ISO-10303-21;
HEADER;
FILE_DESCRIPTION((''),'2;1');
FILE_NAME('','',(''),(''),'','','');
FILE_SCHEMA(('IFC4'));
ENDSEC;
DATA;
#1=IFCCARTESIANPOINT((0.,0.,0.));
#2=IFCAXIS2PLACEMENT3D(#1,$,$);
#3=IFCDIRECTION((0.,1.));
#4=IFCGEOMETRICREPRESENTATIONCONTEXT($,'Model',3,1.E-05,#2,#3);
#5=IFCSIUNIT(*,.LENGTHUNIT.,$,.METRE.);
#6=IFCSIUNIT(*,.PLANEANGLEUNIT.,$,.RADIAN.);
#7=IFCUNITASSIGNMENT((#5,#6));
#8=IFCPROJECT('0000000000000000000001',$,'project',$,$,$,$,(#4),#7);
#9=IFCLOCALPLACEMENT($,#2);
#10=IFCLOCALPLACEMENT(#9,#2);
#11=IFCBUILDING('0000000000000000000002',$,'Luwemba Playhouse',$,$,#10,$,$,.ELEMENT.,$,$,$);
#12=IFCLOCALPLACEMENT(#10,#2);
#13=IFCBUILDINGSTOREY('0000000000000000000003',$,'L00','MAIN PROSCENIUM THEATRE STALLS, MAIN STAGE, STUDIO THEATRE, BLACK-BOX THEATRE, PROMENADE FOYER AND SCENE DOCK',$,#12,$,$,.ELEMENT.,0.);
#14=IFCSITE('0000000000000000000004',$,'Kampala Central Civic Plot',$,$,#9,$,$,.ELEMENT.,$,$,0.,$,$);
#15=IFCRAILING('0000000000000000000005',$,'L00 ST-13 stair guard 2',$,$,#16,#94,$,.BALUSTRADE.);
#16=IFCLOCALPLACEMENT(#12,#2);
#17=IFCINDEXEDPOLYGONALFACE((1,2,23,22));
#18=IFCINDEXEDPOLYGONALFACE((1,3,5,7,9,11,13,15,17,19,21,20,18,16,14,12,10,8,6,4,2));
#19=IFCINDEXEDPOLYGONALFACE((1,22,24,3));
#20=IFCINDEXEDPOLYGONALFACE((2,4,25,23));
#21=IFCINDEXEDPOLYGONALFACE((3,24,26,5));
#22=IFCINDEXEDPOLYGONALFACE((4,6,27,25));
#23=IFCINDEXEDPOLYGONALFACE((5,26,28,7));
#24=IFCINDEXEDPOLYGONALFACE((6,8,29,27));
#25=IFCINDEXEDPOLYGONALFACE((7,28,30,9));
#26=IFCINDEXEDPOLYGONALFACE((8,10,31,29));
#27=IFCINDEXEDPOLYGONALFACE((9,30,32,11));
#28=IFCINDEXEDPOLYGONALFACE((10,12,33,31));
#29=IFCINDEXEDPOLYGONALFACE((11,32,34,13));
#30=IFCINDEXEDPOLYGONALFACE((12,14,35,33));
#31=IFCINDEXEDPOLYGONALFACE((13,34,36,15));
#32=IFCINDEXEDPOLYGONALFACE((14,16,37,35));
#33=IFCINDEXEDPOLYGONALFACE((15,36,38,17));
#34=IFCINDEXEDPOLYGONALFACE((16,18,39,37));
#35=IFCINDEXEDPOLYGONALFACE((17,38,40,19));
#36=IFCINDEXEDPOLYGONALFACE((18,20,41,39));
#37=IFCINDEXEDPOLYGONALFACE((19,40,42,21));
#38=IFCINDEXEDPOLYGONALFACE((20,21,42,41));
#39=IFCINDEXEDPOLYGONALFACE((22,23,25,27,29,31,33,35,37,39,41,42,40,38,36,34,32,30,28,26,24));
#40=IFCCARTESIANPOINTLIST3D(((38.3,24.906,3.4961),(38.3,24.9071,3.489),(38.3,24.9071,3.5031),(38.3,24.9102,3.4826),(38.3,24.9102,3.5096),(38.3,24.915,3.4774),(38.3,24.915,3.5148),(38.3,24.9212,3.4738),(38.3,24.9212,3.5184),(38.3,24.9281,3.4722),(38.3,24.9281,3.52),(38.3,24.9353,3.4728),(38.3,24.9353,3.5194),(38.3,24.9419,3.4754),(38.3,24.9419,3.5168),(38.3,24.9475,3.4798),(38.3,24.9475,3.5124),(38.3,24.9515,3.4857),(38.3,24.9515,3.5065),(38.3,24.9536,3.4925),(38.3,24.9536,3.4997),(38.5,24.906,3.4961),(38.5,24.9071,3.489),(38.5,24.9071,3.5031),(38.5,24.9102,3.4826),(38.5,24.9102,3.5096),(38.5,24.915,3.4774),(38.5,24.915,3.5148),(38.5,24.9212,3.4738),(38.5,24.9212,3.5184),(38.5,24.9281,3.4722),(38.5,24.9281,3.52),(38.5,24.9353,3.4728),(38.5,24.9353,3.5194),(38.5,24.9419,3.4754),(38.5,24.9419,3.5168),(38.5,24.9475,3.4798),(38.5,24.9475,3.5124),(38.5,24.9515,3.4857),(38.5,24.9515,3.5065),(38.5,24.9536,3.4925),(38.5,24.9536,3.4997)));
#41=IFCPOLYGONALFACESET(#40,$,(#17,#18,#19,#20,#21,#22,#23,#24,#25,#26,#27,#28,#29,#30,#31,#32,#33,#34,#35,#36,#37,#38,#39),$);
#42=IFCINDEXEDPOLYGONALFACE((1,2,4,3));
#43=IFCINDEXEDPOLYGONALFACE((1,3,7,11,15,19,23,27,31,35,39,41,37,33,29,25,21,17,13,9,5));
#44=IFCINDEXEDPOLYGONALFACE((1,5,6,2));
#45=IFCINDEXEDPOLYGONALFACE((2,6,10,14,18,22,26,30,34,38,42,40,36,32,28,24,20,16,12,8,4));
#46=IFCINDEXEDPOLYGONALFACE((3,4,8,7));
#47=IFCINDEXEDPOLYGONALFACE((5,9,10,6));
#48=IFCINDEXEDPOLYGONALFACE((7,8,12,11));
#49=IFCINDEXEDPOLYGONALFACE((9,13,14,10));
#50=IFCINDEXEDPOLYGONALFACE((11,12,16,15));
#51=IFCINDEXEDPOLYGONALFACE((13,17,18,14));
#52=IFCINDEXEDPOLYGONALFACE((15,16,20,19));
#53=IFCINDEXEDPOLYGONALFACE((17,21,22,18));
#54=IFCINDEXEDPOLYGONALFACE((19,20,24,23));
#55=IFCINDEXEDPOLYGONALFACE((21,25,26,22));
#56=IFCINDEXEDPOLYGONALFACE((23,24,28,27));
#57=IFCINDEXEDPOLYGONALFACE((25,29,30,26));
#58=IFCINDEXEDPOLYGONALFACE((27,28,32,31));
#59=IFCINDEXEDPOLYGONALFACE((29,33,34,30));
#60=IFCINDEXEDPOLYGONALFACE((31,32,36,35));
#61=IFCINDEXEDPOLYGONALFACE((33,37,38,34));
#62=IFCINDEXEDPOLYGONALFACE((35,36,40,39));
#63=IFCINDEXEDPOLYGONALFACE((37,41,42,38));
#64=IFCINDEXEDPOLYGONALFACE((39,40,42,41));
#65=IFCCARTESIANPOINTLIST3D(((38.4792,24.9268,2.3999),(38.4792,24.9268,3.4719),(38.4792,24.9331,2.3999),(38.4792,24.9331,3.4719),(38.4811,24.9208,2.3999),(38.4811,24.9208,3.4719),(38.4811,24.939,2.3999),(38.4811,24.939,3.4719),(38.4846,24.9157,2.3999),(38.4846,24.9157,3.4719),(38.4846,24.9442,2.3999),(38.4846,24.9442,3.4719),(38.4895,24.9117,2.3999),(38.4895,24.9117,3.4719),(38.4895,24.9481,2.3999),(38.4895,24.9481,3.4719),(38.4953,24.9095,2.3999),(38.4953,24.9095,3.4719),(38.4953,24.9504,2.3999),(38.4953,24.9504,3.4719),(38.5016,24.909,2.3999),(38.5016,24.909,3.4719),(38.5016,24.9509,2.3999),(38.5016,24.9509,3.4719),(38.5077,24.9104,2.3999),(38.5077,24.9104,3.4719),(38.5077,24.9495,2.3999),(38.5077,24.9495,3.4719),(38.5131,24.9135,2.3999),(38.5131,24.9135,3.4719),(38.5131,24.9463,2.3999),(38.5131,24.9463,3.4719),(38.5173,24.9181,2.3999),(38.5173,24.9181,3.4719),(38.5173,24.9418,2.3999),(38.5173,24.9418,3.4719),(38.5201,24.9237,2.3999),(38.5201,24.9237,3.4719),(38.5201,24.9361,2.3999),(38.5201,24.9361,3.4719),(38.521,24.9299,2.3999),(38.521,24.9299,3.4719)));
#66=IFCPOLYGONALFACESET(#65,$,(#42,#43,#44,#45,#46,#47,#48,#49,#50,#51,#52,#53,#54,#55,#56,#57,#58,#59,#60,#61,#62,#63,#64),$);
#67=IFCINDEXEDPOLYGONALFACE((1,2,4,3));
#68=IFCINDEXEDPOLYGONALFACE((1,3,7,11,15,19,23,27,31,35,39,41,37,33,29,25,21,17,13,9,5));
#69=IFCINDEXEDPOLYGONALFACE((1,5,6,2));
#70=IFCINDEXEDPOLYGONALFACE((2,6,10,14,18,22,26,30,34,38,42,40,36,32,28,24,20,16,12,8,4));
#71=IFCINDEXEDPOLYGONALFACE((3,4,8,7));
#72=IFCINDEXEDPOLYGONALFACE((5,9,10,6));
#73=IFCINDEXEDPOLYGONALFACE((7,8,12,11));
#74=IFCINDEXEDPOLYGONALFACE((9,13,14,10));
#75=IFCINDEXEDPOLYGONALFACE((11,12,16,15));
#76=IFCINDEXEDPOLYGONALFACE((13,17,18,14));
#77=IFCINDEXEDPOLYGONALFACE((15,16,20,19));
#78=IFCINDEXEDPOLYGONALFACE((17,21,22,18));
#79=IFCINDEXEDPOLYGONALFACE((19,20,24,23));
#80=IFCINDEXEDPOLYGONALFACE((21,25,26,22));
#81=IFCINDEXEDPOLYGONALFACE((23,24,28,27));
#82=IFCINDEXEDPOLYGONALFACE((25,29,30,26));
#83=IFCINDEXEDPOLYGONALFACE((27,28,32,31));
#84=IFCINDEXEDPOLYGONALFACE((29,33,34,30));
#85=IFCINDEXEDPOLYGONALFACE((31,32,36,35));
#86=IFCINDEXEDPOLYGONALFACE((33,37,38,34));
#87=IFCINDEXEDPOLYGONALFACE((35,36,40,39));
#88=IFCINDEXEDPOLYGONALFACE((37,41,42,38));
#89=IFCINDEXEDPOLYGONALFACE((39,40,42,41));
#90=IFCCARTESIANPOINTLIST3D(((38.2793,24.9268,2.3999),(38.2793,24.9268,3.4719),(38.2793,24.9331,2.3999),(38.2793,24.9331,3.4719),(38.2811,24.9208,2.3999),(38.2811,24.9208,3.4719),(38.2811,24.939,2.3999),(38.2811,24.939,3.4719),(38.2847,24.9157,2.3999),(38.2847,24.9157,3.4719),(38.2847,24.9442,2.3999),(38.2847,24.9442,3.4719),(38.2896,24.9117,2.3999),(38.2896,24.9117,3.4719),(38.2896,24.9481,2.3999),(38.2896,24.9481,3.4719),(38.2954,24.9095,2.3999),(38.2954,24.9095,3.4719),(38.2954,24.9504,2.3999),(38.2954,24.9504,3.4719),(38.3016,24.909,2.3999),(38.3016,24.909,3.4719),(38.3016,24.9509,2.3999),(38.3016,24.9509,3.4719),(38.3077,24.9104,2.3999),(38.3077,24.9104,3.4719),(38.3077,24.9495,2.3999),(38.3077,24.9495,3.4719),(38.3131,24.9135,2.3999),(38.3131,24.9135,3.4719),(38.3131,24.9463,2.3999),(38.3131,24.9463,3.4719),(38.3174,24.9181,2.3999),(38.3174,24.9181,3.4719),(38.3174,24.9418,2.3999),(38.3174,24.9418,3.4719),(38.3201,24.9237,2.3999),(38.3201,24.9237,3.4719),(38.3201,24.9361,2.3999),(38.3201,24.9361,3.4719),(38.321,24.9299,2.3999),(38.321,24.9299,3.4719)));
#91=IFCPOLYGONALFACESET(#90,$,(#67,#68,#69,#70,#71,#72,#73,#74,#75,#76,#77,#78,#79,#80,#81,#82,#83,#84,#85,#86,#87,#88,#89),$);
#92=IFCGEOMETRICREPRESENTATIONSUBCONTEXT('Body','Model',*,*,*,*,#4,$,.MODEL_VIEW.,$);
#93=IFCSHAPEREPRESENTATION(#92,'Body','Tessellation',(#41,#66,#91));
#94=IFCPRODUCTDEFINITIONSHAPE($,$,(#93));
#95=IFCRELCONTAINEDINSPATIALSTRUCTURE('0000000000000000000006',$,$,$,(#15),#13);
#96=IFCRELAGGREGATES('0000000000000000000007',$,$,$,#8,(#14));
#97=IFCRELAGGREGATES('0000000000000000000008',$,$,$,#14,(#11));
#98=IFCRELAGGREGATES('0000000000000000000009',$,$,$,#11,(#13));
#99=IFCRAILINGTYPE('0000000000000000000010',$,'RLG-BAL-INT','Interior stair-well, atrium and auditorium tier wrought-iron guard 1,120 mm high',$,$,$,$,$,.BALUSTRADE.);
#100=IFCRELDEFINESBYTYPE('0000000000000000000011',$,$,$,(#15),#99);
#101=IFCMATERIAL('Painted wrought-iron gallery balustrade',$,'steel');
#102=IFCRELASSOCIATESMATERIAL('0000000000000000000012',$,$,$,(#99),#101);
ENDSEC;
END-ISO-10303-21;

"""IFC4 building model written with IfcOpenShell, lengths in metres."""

from ifc_helpers import new_model, si_unit, direction, frame, origin, origin_2d, place, context, subcontext, project, spatial, circle, extrude, material, type_object, element, save


model = new_model("IFC4")

# Units and contexts
model_context = context("Model", 3, precision=1e-05, world=origin(), true_north=direction((0.0, 1.0)))
body_context = subcontext(model_context, "Body", "Model", "MODEL_VIEW")
ifc_project = project(units=[si_unit("LENGTHUNIT", "METRE"), si_unit("PLANEANGLEUNIT", "RADIAN")], contexts=[model_context])

# Site, building, storey
site_placement = place(None, origin())
site = spatial("IfcSite", under=ifc_project, at=site_placement, Name="Kampala Central Civic Plot", CompositionType="ELEMENT", RefElevation=0.0)
building_placement = place(site_placement, origin())
building = spatial("IfcBuilding", under=site, at=building_placement, Name="Luwemba Playhouse", CompositionType="ELEMENT")
storey_placement = place(building_placement, origin())
storey = spatial("IfcBuildingStorey", under=building, at=storey_placement, Name="L00", Description="MAIN PROSCENIUM THEATRE STALLS, MAIN STAGE, STUDIO THEATRE, BLACK-BOX THEATRE, PROMENADE FOYER AND SCENE DOCK", CompositionType="ELEMENT", Elevation=0.0)

# Railing
ifc_material_1 = material(Name="Painted wrought-iron gallery balustrade", Category="steel")
railing_type_1 = type_object("IfcRailingType", Name="RLG-BAL-INT", Description="Interior stair-well, atrium and auditorium tier wrought-iron guard 1,120 mm high", PredefinedType="BALUSTRADE", material=ifc_material_1)
railing_1_placement = place(storey_placement, frame((38.5, 24.9299, 2.3999)))
element("IfcRailing", 1, at=railing_1_placement, inside=storey, type_object=railing_type_1, Name="L00 ST-13 stair guard 2", PredefinedType="BALUSTRADE", context=body_context, shape_type="SweptSolid", body=[
    extrude(circle(Radius=0.0239, at=origin_2d()), frame((0.0, 0.0, 1.0962), z_axis=(-1.0, 0.0, 0.0), x_axis=(0.0, -1.0, 0.0)), (0.0, 0.0, 1.0), 0.2),
    extrude(circle(Radius=0.021, at=origin_2d()), origin(), (0.0, 0.0, 1.0), 1.072),
    extrude(circle(Radius=0.021, at=origin_2d()), frame((-0.2, 0.0, 0.0)), (0.0, 0.0, 1.0), 1.072),
])

save(model, "model.ifc")
